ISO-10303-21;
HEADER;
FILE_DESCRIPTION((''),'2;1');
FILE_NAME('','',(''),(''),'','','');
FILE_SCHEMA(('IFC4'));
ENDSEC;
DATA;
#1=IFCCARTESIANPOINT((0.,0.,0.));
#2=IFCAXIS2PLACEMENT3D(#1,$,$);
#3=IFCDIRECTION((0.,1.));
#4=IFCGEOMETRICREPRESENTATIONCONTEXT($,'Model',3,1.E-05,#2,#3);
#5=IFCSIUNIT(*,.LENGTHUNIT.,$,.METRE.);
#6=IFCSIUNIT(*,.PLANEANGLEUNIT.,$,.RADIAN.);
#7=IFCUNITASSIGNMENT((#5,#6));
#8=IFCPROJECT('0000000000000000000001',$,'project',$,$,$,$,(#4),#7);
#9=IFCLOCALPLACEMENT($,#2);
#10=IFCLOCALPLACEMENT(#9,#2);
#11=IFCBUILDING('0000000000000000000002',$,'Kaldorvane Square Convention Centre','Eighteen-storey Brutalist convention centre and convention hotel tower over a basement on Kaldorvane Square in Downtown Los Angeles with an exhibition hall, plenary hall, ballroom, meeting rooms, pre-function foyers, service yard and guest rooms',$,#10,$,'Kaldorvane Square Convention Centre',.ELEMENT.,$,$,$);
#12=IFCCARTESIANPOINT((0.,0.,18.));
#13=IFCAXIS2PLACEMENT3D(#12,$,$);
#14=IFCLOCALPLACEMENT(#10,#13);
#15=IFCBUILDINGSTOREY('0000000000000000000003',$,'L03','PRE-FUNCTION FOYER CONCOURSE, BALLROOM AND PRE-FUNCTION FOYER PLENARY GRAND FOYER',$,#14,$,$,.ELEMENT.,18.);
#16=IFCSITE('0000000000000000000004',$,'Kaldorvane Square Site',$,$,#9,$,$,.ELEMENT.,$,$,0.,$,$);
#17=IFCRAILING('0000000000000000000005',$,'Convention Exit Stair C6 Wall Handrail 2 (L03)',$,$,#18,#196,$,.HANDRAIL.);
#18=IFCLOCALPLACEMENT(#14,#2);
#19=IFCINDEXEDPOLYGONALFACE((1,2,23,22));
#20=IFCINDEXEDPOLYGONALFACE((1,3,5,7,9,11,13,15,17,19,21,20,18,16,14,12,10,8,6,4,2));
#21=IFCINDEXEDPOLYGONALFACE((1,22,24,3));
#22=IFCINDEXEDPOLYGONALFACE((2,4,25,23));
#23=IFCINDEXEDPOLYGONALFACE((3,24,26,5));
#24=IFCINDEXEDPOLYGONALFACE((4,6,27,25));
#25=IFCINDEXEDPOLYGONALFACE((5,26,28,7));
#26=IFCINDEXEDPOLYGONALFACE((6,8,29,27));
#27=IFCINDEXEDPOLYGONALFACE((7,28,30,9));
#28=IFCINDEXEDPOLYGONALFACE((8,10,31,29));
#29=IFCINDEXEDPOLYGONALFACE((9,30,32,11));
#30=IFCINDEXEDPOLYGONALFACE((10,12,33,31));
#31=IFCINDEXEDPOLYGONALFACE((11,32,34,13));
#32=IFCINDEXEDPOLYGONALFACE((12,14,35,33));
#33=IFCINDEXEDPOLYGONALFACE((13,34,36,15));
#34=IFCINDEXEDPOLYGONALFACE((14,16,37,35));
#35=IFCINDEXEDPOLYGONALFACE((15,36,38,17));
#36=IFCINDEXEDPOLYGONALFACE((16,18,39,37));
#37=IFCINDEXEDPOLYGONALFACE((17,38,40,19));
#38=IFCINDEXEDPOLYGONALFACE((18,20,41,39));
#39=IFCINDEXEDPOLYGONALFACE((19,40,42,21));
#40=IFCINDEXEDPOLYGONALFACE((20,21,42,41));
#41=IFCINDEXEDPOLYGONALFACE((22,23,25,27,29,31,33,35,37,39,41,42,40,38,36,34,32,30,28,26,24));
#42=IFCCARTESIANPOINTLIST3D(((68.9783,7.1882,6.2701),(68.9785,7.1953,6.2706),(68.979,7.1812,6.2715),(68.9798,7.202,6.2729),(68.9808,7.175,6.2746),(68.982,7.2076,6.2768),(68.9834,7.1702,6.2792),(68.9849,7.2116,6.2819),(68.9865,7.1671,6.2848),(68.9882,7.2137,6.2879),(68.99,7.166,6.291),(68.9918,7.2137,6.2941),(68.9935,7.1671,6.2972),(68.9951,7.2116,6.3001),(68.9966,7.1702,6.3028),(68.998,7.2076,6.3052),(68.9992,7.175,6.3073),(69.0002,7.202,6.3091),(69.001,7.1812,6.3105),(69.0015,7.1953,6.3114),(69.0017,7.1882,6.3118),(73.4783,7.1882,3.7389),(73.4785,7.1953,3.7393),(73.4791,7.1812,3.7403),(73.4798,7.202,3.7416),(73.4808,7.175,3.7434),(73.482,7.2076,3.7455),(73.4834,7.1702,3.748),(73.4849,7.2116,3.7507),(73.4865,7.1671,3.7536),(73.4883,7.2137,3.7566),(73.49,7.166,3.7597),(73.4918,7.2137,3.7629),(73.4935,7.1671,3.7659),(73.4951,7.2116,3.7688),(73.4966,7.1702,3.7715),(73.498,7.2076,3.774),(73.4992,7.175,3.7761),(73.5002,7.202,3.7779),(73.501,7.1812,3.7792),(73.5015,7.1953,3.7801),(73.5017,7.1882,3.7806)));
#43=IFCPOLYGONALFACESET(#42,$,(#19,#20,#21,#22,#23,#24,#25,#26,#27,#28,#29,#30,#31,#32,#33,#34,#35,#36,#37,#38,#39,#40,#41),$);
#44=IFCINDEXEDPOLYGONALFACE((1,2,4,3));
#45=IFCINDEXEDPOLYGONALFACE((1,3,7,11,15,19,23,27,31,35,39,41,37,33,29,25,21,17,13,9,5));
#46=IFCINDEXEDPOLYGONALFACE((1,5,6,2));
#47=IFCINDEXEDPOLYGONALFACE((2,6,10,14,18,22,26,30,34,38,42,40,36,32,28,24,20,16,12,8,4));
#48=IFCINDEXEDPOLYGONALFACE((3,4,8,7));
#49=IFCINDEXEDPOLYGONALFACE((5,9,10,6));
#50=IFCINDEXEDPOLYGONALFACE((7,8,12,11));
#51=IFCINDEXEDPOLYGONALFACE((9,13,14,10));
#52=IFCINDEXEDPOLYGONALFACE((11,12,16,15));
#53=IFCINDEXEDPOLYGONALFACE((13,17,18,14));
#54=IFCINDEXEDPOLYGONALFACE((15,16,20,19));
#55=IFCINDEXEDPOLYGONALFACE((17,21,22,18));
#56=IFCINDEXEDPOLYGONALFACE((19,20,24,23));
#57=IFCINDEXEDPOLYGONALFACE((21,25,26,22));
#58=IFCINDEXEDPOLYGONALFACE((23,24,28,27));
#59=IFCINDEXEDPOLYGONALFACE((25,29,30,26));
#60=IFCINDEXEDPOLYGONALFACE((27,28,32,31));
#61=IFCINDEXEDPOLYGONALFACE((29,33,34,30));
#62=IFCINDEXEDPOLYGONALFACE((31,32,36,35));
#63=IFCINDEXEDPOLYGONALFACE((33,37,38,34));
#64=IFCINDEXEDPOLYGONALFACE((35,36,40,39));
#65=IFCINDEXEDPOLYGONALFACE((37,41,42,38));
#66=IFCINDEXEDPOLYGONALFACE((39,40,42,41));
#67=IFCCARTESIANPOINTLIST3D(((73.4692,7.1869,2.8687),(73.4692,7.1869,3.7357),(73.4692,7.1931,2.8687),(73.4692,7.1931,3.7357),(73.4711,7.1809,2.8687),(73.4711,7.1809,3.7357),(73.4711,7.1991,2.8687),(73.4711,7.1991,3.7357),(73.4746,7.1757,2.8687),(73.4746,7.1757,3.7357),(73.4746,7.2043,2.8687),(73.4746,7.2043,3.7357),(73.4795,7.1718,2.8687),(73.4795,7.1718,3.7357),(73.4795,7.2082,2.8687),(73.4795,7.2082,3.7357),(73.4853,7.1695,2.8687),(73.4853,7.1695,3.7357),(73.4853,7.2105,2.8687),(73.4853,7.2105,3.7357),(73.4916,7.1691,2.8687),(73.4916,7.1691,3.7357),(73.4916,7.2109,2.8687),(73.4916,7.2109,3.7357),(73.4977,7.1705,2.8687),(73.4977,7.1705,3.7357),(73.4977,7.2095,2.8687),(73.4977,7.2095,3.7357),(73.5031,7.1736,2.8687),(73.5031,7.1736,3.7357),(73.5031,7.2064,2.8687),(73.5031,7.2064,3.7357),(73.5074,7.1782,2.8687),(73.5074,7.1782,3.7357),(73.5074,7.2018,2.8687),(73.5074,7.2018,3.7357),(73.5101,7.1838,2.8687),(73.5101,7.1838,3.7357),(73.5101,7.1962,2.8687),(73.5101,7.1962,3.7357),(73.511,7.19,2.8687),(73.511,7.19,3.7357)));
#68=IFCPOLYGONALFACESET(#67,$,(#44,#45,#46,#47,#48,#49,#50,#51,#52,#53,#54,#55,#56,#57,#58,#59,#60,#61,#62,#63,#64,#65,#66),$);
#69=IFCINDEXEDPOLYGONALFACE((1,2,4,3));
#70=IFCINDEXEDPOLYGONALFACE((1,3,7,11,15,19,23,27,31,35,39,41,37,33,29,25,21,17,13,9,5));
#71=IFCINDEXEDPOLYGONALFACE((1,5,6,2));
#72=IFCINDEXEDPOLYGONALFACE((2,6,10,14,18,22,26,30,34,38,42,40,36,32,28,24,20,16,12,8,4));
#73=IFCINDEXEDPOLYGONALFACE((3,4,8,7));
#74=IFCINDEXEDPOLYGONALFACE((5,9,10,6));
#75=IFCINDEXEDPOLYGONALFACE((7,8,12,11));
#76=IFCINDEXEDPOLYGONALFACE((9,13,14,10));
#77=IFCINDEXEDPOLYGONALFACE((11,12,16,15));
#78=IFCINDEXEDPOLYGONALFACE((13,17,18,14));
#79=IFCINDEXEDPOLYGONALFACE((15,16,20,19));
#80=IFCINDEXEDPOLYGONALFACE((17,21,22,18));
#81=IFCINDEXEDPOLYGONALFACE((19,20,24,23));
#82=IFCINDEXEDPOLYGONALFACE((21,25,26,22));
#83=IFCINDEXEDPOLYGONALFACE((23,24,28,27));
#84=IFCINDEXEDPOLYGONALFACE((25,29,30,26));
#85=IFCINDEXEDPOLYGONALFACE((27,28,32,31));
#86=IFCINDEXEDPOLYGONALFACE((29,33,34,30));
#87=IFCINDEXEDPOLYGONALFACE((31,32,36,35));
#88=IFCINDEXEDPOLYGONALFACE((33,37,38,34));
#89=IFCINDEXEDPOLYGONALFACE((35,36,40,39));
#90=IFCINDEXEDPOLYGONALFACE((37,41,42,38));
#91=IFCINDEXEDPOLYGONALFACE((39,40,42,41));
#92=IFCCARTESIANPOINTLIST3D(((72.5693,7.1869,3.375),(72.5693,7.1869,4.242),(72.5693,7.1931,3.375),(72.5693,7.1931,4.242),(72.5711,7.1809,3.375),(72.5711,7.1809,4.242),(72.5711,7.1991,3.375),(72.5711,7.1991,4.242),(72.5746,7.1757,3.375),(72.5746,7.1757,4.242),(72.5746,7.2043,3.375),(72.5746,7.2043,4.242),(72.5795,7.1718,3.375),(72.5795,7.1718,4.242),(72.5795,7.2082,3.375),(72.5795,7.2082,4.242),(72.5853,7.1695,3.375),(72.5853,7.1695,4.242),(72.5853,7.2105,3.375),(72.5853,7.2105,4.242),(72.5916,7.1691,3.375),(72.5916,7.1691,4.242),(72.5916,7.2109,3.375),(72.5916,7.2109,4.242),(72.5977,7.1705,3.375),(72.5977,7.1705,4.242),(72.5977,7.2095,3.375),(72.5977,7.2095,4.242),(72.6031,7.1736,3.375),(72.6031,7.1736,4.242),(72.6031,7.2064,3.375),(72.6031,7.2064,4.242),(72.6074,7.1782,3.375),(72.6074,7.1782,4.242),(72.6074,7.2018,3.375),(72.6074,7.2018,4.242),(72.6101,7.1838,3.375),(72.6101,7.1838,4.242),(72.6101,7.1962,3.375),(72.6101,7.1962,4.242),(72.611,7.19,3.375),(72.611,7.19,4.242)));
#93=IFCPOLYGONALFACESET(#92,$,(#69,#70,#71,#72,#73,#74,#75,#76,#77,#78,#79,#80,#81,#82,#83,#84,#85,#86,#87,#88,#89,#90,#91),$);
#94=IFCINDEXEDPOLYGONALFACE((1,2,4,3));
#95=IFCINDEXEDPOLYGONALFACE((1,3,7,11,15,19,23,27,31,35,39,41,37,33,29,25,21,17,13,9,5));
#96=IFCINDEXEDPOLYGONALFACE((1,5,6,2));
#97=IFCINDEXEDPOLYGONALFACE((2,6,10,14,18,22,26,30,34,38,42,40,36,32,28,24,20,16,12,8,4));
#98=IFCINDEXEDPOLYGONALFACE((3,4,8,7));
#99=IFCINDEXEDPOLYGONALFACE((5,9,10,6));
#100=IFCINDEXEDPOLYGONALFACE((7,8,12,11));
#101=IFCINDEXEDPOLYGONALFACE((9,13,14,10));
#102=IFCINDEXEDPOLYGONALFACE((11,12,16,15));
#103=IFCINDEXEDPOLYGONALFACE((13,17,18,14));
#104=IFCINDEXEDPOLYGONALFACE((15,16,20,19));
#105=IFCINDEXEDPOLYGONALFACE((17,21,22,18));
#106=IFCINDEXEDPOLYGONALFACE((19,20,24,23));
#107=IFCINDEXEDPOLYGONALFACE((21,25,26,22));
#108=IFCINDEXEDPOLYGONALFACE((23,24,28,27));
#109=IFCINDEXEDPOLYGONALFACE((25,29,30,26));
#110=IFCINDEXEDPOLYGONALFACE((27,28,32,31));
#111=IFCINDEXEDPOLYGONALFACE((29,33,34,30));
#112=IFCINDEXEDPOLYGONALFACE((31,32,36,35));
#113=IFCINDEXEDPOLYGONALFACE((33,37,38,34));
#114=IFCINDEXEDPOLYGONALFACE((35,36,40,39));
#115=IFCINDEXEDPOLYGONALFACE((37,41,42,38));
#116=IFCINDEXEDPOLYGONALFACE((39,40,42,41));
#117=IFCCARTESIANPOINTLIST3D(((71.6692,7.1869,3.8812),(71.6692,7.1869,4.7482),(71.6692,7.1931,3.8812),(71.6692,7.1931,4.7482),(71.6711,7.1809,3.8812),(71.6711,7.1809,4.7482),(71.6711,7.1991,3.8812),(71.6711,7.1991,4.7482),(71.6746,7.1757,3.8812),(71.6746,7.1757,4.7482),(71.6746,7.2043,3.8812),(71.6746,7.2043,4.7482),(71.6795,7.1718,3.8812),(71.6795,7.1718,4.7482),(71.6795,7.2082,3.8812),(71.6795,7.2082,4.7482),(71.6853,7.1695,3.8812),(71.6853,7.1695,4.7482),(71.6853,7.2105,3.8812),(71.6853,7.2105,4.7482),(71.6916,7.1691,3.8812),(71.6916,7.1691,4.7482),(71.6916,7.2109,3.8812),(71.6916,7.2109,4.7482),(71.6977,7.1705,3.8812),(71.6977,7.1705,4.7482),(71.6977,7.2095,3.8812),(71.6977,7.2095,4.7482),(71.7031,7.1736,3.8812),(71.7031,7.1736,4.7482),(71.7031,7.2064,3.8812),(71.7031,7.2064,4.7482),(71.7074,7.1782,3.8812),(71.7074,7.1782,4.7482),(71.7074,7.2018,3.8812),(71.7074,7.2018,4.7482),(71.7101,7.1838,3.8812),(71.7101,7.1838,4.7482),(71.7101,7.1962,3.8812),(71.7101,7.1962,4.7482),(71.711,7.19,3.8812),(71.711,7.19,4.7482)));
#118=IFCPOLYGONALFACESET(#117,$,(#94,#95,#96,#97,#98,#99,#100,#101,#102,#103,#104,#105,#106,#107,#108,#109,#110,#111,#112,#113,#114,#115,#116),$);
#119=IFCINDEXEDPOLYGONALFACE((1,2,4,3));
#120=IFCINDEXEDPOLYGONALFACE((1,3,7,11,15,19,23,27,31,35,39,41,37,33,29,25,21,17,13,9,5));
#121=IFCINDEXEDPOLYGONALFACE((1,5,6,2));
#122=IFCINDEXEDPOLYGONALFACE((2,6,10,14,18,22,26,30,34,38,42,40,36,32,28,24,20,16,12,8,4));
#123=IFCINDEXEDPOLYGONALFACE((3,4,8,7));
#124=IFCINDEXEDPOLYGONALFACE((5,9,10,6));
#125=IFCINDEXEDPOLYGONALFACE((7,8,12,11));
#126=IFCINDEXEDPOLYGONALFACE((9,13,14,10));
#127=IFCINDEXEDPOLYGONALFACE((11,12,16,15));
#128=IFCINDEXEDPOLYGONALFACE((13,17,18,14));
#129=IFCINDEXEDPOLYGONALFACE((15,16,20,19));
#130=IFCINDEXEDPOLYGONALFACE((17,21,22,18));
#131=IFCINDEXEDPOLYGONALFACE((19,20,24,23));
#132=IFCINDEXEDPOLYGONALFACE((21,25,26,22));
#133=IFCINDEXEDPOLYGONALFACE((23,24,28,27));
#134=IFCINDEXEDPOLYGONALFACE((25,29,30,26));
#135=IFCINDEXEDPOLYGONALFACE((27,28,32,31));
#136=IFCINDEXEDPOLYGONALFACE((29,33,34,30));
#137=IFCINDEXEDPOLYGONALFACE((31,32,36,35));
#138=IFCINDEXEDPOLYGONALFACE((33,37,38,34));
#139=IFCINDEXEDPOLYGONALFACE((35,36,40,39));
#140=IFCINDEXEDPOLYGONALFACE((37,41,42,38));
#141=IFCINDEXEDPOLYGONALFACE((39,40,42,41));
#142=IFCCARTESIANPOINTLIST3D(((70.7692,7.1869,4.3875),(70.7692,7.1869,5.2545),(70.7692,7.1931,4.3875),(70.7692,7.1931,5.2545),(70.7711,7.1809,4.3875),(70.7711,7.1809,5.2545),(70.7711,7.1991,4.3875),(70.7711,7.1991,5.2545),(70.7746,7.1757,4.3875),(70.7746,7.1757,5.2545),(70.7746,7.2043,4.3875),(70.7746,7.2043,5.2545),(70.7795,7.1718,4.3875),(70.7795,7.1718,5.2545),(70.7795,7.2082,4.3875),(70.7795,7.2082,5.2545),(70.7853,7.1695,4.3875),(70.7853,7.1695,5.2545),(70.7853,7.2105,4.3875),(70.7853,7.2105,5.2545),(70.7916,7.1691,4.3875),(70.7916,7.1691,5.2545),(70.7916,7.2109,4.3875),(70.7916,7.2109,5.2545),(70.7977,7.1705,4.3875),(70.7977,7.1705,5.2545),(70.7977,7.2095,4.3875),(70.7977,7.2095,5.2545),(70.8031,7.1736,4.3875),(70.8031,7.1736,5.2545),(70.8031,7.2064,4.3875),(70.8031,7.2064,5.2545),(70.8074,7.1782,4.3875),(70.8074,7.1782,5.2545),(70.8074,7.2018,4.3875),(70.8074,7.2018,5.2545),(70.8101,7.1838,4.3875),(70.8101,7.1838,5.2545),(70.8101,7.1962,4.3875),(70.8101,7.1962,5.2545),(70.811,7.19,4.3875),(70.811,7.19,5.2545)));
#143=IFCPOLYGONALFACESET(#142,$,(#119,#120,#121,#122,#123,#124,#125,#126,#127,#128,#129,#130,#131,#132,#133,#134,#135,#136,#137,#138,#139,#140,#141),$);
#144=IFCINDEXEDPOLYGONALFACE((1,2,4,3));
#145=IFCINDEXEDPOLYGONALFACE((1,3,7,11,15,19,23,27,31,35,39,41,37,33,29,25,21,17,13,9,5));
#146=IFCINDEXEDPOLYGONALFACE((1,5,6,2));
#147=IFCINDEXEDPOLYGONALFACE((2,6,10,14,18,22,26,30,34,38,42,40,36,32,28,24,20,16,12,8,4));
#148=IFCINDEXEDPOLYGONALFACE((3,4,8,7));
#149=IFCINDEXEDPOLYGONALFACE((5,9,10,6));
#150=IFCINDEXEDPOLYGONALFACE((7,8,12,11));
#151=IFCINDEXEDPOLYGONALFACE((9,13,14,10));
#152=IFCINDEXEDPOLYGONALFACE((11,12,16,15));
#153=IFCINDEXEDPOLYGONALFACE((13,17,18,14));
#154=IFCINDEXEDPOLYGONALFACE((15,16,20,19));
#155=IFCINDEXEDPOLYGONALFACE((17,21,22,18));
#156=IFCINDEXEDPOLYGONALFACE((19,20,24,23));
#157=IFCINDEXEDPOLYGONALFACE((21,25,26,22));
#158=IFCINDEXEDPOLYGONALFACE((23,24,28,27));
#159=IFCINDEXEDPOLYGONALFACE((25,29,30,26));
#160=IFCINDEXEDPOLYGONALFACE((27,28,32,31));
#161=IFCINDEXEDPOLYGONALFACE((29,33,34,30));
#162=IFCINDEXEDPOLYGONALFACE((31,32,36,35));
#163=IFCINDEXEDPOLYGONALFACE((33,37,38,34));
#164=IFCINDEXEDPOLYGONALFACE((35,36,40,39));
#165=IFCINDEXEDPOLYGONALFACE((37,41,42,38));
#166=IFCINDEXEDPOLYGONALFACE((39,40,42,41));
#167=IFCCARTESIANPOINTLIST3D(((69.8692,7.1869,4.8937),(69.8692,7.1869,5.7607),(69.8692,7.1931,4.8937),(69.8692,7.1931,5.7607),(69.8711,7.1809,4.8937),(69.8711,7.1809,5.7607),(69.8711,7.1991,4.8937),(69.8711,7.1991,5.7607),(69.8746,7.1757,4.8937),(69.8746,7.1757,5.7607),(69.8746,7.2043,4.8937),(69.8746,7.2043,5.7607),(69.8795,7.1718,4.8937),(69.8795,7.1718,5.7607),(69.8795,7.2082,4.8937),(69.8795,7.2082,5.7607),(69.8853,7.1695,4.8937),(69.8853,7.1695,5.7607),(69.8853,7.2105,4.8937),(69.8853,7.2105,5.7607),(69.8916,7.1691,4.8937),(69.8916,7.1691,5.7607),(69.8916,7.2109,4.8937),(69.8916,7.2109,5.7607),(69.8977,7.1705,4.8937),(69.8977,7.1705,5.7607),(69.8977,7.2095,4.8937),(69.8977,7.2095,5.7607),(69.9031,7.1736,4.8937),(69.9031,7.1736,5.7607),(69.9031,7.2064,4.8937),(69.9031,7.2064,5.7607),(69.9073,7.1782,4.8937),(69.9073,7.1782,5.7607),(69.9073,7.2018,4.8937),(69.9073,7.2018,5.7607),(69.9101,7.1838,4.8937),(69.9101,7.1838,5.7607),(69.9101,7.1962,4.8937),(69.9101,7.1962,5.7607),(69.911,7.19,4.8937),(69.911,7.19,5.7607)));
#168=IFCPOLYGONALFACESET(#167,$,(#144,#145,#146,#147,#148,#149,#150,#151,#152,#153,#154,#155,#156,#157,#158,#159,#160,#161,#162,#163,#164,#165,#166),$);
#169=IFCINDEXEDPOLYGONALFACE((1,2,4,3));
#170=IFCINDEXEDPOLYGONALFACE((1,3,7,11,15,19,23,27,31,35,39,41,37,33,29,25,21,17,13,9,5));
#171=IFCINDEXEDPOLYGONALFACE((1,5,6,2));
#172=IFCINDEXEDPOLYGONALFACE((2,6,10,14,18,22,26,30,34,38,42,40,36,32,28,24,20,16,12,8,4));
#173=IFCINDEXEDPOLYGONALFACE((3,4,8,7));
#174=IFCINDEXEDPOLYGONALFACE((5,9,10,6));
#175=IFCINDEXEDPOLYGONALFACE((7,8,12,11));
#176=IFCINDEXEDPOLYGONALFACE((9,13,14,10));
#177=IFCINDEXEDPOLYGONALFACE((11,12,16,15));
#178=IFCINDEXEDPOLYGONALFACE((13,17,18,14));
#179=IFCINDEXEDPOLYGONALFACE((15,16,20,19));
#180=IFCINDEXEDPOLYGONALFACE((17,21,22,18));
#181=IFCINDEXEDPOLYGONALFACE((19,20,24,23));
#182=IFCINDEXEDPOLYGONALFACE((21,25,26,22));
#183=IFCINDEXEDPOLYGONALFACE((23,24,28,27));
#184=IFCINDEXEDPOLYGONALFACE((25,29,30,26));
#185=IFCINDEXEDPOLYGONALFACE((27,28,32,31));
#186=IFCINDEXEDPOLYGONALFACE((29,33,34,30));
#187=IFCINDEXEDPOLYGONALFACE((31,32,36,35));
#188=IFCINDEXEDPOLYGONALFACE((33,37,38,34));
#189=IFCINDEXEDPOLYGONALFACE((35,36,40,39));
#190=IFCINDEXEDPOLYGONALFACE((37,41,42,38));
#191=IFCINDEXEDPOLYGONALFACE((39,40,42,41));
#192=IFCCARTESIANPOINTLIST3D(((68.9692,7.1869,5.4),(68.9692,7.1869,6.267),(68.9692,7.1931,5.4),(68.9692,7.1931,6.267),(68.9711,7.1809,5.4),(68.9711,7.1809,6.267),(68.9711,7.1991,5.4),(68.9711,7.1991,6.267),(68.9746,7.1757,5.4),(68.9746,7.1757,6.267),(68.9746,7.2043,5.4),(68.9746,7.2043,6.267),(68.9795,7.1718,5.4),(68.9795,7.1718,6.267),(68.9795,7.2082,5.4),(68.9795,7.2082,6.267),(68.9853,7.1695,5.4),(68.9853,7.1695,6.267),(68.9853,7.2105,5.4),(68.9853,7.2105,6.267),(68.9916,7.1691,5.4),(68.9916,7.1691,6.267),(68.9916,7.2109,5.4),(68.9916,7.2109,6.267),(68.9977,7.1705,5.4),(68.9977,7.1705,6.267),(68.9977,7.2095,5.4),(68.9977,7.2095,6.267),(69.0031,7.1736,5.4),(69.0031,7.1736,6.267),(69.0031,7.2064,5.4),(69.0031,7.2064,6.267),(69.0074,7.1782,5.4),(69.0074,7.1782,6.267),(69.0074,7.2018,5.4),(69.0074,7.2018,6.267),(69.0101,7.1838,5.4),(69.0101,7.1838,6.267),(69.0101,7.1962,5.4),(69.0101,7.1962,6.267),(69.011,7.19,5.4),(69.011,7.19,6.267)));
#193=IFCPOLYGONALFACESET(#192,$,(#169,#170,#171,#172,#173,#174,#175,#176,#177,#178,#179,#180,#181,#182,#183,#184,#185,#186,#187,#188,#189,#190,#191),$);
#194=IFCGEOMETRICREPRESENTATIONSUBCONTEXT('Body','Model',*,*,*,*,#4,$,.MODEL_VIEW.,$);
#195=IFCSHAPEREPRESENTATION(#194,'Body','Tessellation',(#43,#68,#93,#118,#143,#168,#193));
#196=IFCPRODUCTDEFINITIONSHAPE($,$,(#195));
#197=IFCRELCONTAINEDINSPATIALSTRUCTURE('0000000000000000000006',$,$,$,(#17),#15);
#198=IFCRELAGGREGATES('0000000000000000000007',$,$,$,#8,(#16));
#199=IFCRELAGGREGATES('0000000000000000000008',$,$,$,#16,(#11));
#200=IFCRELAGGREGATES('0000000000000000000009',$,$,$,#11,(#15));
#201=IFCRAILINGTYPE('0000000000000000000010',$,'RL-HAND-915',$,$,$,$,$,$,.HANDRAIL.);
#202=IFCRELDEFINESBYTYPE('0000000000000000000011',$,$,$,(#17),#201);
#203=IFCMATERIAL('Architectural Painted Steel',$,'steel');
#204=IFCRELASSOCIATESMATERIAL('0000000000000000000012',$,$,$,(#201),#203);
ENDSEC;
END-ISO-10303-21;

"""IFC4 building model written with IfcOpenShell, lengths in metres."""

from ifc_helpers import new_model, si_unit, direction, frame, origin, origin_2d, place, context, subcontext, project, spatial, circle, extrude, material, type_object, element, save


model = new_model("IFC4")

# Units and contexts
model_context = context("Model", 3, precision=1e-05, world=origin(), true_north=direction((0.0, 1.0)))
body_context = subcontext(model_context, "Body", "Model", "MODEL_VIEW")
ifc_project = project(units=[si_unit("LENGTHUNIT", "METRE"), si_unit("PLANEANGLEUNIT", "RADIAN")], contexts=[model_context])

# Site, building, storey
site_placement = place(None, origin())
site = spatial("IfcSite", under=ifc_project, at=site_placement, Name="Kaldorvane Square Site", CompositionType="ELEMENT", RefElevation=0.0)
building_placement = place(site_placement, origin())
building = spatial("IfcBuilding", under=site, at=building_placement, Name="Kaldorvane Square Convention Centre", Description="Eighteen-storey Brutalist convention centre and convention hotel tower over a basement on Kaldorvane Square in Downtown Los Angeles with an exhibition hall, plenary hall, ballroom, meeting rooms, pre-function foyers, service yard and guest rooms", LongName="Kaldorvane Square Convention Centre", CompositionType="ELEMENT")
storey_placement = place(building_placement, frame((0.0, 0.0, 18.0)))
storey = spatial("IfcBuildingStorey", under=building, at=storey_placement, Name="L03", Description="PRE-FUNCTION FOYER CONCOURSE, BALLROOM AND PRE-FUNCTION FOYER PLENARY GRAND FOYER", CompositionType="ELEMENT", Elevation=18.0)

# Railing
ifc_material_1 = material(Name="Architectural Painted Steel", Category="steel")
railing_type_1 = type_object("IfcRailingType", Name="RL-HAND-915", PredefinedType="HANDRAIL", material=ifc_material_1)
for number, where, name in (
    (1, (73.49, 7.19, 2.8687), "Convention Exit Stair C6 Wall Handrail 2 (L03)"),
):
    element("IfcRailing", number, at=place(storey_placement, frame(where)), inside=storey, type_object=railing_type_1, Name=name, PredefinedType="HANDRAIL", context=body_context, shape_type="SweptSolid", body=[
        extrude(circle(Radius=0.024, at=origin_2d()), frame((0.0, 0.0, 0.891), z_axis=(-0.871576, 0.0, 0.490261), x_axis=(0.0, -1.0, 0.0)), (0.0, 0.0, 1.0), 5.1631),
        extrude(circle(Radius=0.021, at=origin_2d()), origin(), (0.0, 0.0, 1.0), 0.867),
        extrude(circle(Radius=0.021, at=origin_2d()), frame((-0.9, 0.0, 0.5063)), (0.0, 0.0, 1.0), 0.867),
        extrude(circle(Radius=0.021, at=origin_2d()), frame((-1.8, 0.0, 1.0125)), (0.0, 0.0, 1.0), 0.867),
        extrude(circle(Radius=0.021, at=origin_2d()), frame((-2.7, 0.0, 1.5188)), (0.0, 0.0, 1.0), 0.867),
        extrude(circle(Radius=0.021, at=origin_2d()), frame((-3.6, 0.0, 2.025)), (0.0, 0.0, 1.0), 0.867),
        extrude(circle(Radius=0.021, at=origin_2d()), frame((-4.5, 0.0, 2.5312)), (0.0, 0.0, 1.0), 0.867),
    ])

save(model, "model.ifc")
